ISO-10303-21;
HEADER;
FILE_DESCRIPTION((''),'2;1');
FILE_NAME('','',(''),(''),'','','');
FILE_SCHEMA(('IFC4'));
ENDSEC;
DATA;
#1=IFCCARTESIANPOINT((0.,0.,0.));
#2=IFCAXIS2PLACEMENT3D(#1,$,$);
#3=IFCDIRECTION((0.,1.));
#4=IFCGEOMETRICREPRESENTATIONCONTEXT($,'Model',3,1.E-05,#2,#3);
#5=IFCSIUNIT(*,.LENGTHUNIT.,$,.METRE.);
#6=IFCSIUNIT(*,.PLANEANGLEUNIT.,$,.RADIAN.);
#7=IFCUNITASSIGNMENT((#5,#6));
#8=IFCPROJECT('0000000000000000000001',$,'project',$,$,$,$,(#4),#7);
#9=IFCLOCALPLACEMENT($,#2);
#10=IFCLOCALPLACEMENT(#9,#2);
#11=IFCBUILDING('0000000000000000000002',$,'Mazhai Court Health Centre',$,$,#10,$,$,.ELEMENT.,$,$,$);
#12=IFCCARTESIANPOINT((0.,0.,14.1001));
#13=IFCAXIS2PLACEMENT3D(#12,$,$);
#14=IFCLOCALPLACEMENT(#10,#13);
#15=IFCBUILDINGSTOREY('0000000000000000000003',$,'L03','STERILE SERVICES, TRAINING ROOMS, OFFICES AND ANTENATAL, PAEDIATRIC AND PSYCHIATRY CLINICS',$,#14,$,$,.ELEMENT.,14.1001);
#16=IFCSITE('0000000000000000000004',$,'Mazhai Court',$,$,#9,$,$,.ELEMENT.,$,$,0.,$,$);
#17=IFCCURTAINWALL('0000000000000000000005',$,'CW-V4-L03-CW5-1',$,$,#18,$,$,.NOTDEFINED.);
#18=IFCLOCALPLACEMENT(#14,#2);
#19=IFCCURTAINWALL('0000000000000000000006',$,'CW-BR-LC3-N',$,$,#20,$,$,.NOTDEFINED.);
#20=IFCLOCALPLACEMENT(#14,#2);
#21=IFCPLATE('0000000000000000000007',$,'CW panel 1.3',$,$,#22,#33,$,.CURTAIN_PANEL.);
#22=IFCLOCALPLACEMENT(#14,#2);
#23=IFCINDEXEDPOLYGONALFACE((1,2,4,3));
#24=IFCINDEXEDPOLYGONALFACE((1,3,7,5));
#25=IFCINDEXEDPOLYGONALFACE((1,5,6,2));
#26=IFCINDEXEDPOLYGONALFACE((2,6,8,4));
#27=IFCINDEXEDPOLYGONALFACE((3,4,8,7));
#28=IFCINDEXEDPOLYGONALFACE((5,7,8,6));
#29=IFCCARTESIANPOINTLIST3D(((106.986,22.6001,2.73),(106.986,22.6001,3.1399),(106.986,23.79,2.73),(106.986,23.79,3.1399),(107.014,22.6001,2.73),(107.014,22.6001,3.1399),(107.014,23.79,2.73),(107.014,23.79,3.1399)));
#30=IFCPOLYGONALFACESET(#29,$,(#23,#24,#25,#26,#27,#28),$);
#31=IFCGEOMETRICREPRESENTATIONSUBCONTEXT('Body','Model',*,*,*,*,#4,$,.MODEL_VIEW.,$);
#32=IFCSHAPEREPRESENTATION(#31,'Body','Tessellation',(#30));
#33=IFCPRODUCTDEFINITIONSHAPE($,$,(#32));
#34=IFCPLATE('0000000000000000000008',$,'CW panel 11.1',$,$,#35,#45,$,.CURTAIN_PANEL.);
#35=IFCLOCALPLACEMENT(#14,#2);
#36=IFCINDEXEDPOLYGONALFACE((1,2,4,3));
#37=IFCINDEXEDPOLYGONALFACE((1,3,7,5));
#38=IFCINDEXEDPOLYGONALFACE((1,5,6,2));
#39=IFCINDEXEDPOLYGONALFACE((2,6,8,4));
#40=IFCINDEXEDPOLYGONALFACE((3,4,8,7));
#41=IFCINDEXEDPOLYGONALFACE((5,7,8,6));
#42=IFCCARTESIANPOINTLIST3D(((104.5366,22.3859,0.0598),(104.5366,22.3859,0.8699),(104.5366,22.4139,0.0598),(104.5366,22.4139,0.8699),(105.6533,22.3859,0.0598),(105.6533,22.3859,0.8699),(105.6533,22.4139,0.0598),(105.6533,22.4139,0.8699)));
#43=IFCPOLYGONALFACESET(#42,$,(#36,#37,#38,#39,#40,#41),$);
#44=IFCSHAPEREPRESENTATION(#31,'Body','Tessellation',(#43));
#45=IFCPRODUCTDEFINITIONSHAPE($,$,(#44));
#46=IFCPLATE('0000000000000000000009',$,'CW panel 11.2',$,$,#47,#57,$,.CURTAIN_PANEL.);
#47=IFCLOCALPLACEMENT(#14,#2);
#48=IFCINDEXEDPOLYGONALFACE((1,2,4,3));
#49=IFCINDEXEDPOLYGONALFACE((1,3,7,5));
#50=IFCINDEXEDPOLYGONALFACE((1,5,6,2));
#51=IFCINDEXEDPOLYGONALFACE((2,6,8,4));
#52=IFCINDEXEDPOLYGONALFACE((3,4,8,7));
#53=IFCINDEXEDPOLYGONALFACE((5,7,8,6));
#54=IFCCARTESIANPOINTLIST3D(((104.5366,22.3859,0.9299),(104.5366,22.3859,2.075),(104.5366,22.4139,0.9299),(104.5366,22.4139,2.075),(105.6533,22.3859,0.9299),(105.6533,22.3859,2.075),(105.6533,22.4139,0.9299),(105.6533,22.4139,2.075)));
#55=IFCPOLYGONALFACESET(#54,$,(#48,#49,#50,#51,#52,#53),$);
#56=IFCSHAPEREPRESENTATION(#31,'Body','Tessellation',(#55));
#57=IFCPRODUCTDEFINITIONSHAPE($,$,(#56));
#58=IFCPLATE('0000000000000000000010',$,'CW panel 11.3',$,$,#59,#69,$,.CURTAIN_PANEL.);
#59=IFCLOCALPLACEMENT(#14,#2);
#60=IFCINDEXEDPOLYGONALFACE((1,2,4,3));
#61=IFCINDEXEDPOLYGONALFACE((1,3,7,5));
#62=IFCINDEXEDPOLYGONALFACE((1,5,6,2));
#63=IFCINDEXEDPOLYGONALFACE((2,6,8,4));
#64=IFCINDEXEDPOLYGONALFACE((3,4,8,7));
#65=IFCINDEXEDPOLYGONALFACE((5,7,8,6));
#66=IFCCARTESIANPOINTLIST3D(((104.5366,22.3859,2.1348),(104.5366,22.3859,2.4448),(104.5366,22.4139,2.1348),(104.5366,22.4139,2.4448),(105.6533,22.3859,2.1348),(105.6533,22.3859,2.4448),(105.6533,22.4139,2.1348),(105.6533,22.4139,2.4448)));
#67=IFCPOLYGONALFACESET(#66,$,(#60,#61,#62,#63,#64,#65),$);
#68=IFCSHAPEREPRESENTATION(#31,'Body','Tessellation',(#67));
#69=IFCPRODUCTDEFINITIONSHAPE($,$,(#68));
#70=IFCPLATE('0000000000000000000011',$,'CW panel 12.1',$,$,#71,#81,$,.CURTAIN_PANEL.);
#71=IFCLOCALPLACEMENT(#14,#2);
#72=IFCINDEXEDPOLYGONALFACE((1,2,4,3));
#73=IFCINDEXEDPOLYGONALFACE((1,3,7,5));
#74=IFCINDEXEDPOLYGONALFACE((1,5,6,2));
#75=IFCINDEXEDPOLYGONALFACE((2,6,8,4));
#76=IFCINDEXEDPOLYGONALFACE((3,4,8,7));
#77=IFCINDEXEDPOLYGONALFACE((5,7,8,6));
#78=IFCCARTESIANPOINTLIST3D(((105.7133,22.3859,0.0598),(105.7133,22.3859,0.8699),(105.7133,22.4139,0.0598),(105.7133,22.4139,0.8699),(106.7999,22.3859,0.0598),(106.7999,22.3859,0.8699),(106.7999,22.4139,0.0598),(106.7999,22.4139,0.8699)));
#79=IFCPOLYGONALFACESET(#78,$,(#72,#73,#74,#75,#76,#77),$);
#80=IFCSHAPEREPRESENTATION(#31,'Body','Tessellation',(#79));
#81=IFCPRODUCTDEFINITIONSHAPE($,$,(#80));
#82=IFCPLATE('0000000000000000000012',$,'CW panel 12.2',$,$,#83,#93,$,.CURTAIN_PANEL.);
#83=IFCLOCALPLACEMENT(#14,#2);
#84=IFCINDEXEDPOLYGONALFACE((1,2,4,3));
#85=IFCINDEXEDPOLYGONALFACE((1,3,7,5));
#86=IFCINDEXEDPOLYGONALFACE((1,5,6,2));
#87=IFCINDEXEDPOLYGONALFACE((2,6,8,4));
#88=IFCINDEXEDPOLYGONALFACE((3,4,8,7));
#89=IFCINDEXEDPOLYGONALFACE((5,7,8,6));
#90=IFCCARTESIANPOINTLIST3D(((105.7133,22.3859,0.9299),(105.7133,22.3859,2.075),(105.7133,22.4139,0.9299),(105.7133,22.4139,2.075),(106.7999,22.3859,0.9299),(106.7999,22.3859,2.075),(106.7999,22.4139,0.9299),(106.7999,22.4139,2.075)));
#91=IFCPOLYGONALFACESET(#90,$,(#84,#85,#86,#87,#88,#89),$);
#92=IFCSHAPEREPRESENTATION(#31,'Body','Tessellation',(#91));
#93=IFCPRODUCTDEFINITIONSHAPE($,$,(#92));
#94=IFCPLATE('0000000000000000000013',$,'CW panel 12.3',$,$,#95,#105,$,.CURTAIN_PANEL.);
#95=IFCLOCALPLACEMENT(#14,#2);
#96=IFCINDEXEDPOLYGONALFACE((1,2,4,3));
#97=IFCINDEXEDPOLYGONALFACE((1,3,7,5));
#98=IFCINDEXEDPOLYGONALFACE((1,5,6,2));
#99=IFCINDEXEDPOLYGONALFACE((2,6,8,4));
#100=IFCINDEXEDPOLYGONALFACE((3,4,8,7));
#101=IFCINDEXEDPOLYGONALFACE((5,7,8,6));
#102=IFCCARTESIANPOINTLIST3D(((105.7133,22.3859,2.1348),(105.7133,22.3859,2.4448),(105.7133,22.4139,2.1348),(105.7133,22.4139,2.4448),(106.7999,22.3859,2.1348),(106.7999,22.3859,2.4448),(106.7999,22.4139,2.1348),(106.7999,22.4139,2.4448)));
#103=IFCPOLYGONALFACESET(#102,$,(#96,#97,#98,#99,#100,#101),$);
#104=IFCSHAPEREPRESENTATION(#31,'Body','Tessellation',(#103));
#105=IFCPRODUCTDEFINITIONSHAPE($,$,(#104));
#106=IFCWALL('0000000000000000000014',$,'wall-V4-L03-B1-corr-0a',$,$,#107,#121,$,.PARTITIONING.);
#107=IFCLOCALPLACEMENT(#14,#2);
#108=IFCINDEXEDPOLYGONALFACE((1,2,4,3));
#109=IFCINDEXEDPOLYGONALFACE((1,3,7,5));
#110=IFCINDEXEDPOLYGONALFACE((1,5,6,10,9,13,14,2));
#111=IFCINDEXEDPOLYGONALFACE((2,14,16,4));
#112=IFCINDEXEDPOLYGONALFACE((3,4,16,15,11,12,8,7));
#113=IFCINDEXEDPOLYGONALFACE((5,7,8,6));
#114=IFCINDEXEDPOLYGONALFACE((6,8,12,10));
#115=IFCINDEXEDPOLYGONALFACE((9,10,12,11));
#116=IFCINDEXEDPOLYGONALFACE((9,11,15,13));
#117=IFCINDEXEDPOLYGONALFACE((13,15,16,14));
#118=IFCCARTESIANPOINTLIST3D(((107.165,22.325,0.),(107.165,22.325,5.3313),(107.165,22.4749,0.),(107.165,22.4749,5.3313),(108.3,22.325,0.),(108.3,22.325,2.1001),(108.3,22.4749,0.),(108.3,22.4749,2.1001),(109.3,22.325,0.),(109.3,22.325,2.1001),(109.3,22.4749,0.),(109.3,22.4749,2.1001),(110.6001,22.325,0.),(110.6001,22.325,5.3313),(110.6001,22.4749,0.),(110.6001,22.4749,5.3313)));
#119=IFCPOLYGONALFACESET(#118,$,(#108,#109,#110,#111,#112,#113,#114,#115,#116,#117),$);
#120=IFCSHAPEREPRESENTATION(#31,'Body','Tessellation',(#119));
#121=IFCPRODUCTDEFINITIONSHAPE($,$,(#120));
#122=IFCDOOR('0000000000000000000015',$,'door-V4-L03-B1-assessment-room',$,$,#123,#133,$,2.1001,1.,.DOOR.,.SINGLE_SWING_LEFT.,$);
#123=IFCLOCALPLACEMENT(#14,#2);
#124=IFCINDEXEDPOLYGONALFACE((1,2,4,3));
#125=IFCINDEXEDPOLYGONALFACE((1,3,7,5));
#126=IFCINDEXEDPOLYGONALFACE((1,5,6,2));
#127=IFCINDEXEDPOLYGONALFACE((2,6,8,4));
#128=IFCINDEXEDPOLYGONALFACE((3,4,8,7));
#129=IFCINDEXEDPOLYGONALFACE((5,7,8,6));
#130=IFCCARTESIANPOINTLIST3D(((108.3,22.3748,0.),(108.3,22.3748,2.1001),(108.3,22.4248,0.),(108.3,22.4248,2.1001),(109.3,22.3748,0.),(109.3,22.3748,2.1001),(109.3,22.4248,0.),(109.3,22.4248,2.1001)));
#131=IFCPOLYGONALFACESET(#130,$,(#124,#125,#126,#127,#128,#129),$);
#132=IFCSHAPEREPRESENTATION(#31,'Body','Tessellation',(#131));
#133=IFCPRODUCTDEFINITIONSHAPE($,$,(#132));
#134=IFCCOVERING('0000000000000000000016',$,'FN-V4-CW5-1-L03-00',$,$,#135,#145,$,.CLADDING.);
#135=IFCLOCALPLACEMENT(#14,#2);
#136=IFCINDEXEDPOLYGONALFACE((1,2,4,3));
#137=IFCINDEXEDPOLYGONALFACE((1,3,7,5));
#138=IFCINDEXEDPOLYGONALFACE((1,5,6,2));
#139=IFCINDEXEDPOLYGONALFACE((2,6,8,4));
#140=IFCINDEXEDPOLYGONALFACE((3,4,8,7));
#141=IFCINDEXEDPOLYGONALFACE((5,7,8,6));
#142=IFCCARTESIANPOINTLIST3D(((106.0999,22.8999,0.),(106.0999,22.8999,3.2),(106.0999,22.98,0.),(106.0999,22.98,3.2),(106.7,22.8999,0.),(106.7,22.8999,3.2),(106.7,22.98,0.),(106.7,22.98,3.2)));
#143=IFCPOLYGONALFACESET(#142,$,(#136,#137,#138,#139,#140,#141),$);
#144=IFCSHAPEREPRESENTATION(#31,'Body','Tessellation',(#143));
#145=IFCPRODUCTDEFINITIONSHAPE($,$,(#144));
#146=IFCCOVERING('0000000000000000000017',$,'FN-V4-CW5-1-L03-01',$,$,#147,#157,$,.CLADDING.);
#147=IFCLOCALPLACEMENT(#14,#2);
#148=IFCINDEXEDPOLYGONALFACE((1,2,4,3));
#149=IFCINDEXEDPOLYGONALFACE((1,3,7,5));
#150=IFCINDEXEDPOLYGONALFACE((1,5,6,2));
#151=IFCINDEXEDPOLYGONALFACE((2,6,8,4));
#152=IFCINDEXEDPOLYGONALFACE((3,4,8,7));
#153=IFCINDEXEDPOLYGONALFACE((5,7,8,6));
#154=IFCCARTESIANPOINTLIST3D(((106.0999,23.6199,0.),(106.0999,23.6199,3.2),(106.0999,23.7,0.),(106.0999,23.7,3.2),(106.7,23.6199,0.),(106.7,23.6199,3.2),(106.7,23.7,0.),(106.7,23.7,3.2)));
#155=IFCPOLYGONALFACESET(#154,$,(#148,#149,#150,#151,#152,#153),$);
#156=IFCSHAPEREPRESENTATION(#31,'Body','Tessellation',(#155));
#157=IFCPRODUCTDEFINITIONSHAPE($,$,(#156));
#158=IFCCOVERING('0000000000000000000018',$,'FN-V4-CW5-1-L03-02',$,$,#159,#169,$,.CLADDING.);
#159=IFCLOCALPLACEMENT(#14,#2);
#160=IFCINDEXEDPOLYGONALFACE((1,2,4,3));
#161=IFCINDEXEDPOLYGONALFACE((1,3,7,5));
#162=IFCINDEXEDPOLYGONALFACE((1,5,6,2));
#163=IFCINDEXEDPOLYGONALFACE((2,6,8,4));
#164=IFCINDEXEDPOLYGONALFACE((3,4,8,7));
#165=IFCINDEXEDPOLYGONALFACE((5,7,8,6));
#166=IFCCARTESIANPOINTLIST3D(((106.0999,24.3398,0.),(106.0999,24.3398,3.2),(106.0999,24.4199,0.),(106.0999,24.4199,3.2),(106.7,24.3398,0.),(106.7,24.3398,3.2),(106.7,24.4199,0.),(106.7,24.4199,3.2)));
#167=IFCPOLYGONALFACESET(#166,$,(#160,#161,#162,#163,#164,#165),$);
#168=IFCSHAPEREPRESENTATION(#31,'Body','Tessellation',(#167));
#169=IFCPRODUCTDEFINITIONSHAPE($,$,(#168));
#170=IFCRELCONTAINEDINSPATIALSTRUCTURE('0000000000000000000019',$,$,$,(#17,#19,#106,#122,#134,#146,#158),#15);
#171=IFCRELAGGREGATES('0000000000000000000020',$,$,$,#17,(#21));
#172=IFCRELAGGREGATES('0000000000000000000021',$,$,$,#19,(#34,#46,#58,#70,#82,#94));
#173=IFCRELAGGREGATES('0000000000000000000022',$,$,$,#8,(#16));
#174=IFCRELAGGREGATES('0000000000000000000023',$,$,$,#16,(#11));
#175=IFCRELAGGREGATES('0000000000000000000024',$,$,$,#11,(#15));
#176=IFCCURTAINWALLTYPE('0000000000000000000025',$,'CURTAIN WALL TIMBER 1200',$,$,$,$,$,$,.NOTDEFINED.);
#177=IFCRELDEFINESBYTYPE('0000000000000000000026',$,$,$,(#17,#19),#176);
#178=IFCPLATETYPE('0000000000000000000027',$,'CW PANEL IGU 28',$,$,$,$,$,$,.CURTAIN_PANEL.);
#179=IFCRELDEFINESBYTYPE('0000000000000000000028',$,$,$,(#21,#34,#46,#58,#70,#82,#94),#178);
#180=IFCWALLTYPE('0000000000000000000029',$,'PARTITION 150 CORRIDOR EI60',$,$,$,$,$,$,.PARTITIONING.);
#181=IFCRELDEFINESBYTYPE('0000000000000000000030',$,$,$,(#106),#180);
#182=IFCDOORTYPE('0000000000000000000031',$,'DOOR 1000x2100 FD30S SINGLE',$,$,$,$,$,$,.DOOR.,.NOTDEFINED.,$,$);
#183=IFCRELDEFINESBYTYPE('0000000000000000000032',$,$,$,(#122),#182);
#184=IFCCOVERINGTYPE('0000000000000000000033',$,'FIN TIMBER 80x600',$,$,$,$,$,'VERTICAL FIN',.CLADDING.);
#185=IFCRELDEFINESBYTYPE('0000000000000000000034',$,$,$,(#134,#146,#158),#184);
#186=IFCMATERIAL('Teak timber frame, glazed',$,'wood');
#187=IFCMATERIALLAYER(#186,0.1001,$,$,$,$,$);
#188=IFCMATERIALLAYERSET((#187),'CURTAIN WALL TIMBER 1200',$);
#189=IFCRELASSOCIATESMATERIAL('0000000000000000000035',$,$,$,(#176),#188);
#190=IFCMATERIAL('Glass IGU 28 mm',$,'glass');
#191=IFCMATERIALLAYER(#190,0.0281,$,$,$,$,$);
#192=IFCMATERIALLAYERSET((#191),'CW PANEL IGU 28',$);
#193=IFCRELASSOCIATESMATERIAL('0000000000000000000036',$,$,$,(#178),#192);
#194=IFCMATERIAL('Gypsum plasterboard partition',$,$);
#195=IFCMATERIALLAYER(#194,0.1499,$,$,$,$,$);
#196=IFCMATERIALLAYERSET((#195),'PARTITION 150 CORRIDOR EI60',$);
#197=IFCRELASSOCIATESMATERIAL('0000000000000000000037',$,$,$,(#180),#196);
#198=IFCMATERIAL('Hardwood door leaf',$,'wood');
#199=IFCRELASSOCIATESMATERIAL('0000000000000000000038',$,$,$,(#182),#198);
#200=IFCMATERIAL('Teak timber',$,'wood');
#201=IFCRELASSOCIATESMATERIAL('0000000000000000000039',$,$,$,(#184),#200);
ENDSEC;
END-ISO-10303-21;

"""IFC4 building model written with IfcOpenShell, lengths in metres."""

from ifc_helpers import new_model, si_unit, direction, frame, frame_2d, origin, origin_2d, place, context, subcontext, project, spatial, rectangle, extrude, material, layer, layer_set, type_object, element, fill, aggregate, save


model = new_model("IFC4")

# Units and contexts
model_context = context("Model", 3, precision=1e-05, world=origin(), true_north=direction((0.0, 1.0)))
body_context = subcontext(model_context, "Body", "Model", "MODEL_VIEW")
ifc_project = project(units=[si_unit("LENGTHUNIT", "METRE"), si_unit("PLANEANGLEUNIT", "RADIAN")], contexts=[model_context])

# Site, building, storey
site_placement = place(None, origin())
site = spatial("IfcSite", under=ifc_project, at=site_placement, Name="Mazhai Court", CompositionType="ELEMENT", RefElevation=0.0)
building_placement = place(site_placement, origin())
building = spatial("IfcBuilding", under=site, at=building_placement, Name="Mazhai Court Health Centre", CompositionType="ELEMENT")
storey_placement = place(building_placement, frame((0.0, 0.0, 14.1001)))
storey = spatial("IfcBuildingStorey", under=building, at=storey_placement, Name="L03", Description="STERILE SERVICES, TRAINING ROOMS, OFFICES AND ANTENATAL, PAEDIATRIC AND PSYCHIATRY CLINICS", CompositionType="ELEMENT", Elevation=14.1001)

# Curtain walls
ifc_material_1 = material(Name="Teak timber frame, glazed", Category="wood")
ifc_layer_1 = layer(ifc_material_1, 0.1001)
ifc_layer_set_1 = layer_set([ifc_layer_1], Name="CURTAIN WALL TIMBER 1200")
curtain_wall_type = type_object("IfcCurtainWallType", Name="CURTAIN WALL TIMBER 1200", PredefinedType="NOTDEFINED", material=ifc_layer_set_1)
curtain_wall_1_placement = place(storey_placement, origin())
curtain_wall_1 = element("IfcCurtainWall", 1, at=curtain_wall_1_placement, inside=storey, type_object=curtain_wall_type, Name="CW-V4-L03-CW5-1", PredefinedType="NOTDEFINED")
curtain_wall_2_placement = place(storey_placement, origin())
curtain_wall_2 = element("IfcCurtainWall", 2, at=curtain_wall_2_placement, inside=storey, type_object=curtain_wall_type, Name="CW-BR-LC3-N", PredefinedType="NOTDEFINED")

# Plates
ifc_material_2 = material(Name="Glass IGU 28 mm", Category="glass")
ifc_layer_2 = layer(ifc_material_2, 0.0281)
ifc_layer_set_2 = layer_set([ifc_layer_2], Name="CW PANEL IGU 28")
plate_type = type_object("IfcPlateType", Name="CW PANEL IGU 28", PredefinedType="CURTAIN_PANEL", material=ifc_layer_set_2)
plate_1_placement = place(storey_placement, frame((107.0, 23.1951, 2.73), z_axis=(0.0, 0.0, 1.0), x_axis=(0.0, 1.0, 0.0)))
plate_1 = element("IfcPlate", 3, at=plate_1_placement, type_object=plate_type, Name="CW panel 1.3", PredefinedType="CURTAIN_PANEL", context=body_context, shape_type="SweptSolid", body=[
    extrude(rectangle(XDim=1.1899, YDim=0.0281, at=origin_2d()), origin(), (0.0, 0.0, 1.0), 0.4099),
])
aggregate(curtain_wall_1, [plate_1])
plate_2_placement = place(storey_placement, frame((105.095, 22.3999, 0.0598), z_axis=(0.0, 0.0, 1.0), x_axis=(1.0, 0.0, 0.0)))
plate_2 = element("IfcPlate", 4, at=plate_2_placement, type_object=plate_type, Name="CW panel 11.1", PredefinedType="CURTAIN_PANEL", context=body_context, shape_type="SweptSolid", body=[
    extrude(rectangle(XDim=1.1167, YDim=0.0281, at=origin_2d()), origin(), (0.0, 0.0, 1.0), 0.8101),
])
plate_3_placement = place(storey_placement, frame((105.095, 22.3999, 0.9299), z_axis=(0.0, 0.0, 1.0), x_axis=(1.0, 0.0, 0.0)))
plate_3 = element("IfcPlate", 5, at=plate_3_placement, type_object=plate_type, Name="CW panel 11.2", PredefinedType="CURTAIN_PANEL", context=body_context, shape_type="SweptSolid", body=[
    extrude(rectangle(XDim=1.1167, YDim=0.0281, at=origin_2d()), origin(), (0.0, 0.0, 1.0), 1.145),
])
plate_4_placement = place(storey_placement, frame((105.095, 22.3999, 2.1348), z_axis=(0.0, 0.0, 1.0), x_axis=(1.0, 0.0, 0.0)))
plate_4 = element("IfcPlate", 6, at=plate_4_placement, type_object=plate_type, Name="CW panel 11.3", PredefinedType="CURTAIN_PANEL", context=body_context, shape_type="SweptSolid", body=[
    extrude(rectangle(XDim=1.1167, YDim=0.0281, at=origin_2d()), origin(), (0.0, 0.0, 1.0), 0.3101),
])
plate_5_placement = place(storey_placement, frame((106.2566, 22.3999, 0.0598), z_axis=(0.0, 0.0, 1.0), x_axis=(1.0, 0.0, 0.0)))
plate_5 = element("IfcPlate", 7, at=plate_5_placement, type_object=plate_type, Name="CW panel 12.1", PredefinedType="CURTAIN_PANEL", context=body_context, shape_type="SweptSolid", body=[
    extrude(rectangle(XDim=1.0867, YDim=0.0281, at=origin_2d()), origin(), (0.0, 0.0, 1.0), 0.8101),
])
plate_6_placement = place(storey_placement, frame((106.2566, 22.3999, 0.9299), z_axis=(0.0, 0.0, 1.0), x_axis=(1.0, 0.0, 0.0)))
plate_6 = element("IfcPlate", 8, at=plate_6_placement, type_object=plate_type, Name="CW panel 12.2", PredefinedType="CURTAIN_PANEL", context=body_context, shape_type="SweptSolid", body=[
    extrude(rectangle(XDim=1.0867, YDim=0.0281, at=origin_2d()), origin(), (0.0, 0.0, 1.0), 1.145),
])
plate_7_placement = place(storey_placement, frame((106.2566, 22.3999, 2.1348), z_axis=(0.0, 0.0, 1.0), x_axis=(1.0, 0.0, 0.0)))
plate_7 = element("IfcPlate", 9, at=plate_7_placement, type_object=plate_type, Name="CW panel 12.3", PredefinedType="CURTAIN_PANEL", context=body_context, shape_type="SweptSolid", body=[
    extrude(rectangle(XDim=1.0867, YDim=0.0281, at=origin_2d()), origin(), (0.0, 0.0, 1.0), 0.3101),
])
aggregate(curtain_wall_2, [plate_2, plate_3, plate_4, plate_5, plate_6, plate_7])

# Wall, opening, door
ifc_material_3 = material(Name="Gypsum plasterboard partition")
ifc_layer_3 = layer(ifc_material_3, 0.1499)
ifc_layer_set_3 = layer_set([ifc_layer_3], Name="PARTITION 150 CORRIDOR EI60")
wall_type = type_object("IfcWallType", Name="PARTITION 150 CORRIDOR EI60", PredefinedType="PARTITIONING", material=ifc_layer_set_3)
wall_placement = place(storey_placement, frame((107.165, 22.3999, 0.0), z_axis=(0.0, 0.0, 1.0), x_axis=(1.0, 0.0, 0.0)))
wall = element("IfcWall", 10, at=wall_placement, inside=storey, type_object=wall_type, Name="wall-V4-L03-B1-corr-0a", PredefinedType="PARTITIONING", context=body_context, shape_type="SweptSolid", body=[
    extrude(rectangle(XDim=3.4351, YDim=0.1499, at=frame_2d((1.7175, 0.0))), origin(), (0.0, 0.0, 1.0), 5.3313),
])
opening_placement = place(wall_placement, frame((1.135, 0.0, 0.0)))
opening = element("IfcOpeningElement", 11, at=opening_placement, cuts=wall, PredefinedType="OPENING", context=body_context, shape_type="SweptSolid", body=[
    extrude(rectangle(XDim=1.0, YDim=2.1001, at=frame_2d((0.5, 1.05))), frame((0.0, 0.085, 0.0), z_axis=(0.0, -1.0, 0.0), x_axis=(1.0, 0.0, 0.0)), (0.0, 0.0, 1.0), 0.1699),
])
ifc_material_4 = material(Name="Hardwood door leaf", Category="wood")
door_type = type_object("IfcDoorType", Name="DOOR 1000x2100 FD30S SINGLE", OperationType="NOTDEFINED", PredefinedType="DOOR", material=ifc_material_4)
door_placement = place(opening_placement, origin())
door = element("IfcDoor", 12, at=door_placement, inside=storey, type_object=door_type, Name="door-V4-L03-B1-assessment-room", OperationType="SINGLE_SWING_LEFT", OverallHeight=2.1001, OverallWidth=1.0, PredefinedType="DOOR", context=body_context, shape_type="SweptSolid", body=[
    extrude(rectangle(XDim=1.0, YDim=2.1001, at=frame_2d((0.5, 1.05))), frame((0.0, 0.0249, 0.0), z_axis=(0.0, -1.0, 0.0), x_axis=(1.0, 0.0, 0.0)), (0.0, 0.0, 1.0), 0.05),
])
fill(opening, door)

# Coverings
ifc_material_5 = material(Name="Teak timber", Category="wood")
covering_type = type_object("IfcCoveringType", Name="FIN TIMBER 80x600", ElementType="VERTICAL FIN", PredefinedType="CLADDING", material=ifc_material_5)
for number, where, z_axis, x_axis, name in (
    (13, (106.3999, 22.9399, 0.0), (0.0, 0.0, 1.0), (0.0, 1.0, 0.0), "FN-V4-CW5-1-L03-00"),
    (14, (106.3999, 23.6599, 0.0), (0.0, 0.0, 1.0), (0.0, 1.0, 0.0), "FN-V4-CW5-1-L03-01"),
    (15, (106.3999, 24.3799, 0.0), (0.0, 0.0, 1.0), (0.0, 1.0, 0.0), "FN-V4-CW5-1-L03-02"),
):
    element("IfcCovering", number, at=place(storey_placement, frame(where, z_axis=z_axis, x_axis=x_axis)), inside=storey, type_object=covering_type, Name=name, PredefinedType="CLADDING", context=body_context, shape_type="SweptSolid", body=[
        extrude(rectangle(XDim=0.0801, YDim=0.6001, at=origin_2d()), origin(), (0.0, 0.0, 1.0), 3.2),
    ])

save(model, "model.ifc")
